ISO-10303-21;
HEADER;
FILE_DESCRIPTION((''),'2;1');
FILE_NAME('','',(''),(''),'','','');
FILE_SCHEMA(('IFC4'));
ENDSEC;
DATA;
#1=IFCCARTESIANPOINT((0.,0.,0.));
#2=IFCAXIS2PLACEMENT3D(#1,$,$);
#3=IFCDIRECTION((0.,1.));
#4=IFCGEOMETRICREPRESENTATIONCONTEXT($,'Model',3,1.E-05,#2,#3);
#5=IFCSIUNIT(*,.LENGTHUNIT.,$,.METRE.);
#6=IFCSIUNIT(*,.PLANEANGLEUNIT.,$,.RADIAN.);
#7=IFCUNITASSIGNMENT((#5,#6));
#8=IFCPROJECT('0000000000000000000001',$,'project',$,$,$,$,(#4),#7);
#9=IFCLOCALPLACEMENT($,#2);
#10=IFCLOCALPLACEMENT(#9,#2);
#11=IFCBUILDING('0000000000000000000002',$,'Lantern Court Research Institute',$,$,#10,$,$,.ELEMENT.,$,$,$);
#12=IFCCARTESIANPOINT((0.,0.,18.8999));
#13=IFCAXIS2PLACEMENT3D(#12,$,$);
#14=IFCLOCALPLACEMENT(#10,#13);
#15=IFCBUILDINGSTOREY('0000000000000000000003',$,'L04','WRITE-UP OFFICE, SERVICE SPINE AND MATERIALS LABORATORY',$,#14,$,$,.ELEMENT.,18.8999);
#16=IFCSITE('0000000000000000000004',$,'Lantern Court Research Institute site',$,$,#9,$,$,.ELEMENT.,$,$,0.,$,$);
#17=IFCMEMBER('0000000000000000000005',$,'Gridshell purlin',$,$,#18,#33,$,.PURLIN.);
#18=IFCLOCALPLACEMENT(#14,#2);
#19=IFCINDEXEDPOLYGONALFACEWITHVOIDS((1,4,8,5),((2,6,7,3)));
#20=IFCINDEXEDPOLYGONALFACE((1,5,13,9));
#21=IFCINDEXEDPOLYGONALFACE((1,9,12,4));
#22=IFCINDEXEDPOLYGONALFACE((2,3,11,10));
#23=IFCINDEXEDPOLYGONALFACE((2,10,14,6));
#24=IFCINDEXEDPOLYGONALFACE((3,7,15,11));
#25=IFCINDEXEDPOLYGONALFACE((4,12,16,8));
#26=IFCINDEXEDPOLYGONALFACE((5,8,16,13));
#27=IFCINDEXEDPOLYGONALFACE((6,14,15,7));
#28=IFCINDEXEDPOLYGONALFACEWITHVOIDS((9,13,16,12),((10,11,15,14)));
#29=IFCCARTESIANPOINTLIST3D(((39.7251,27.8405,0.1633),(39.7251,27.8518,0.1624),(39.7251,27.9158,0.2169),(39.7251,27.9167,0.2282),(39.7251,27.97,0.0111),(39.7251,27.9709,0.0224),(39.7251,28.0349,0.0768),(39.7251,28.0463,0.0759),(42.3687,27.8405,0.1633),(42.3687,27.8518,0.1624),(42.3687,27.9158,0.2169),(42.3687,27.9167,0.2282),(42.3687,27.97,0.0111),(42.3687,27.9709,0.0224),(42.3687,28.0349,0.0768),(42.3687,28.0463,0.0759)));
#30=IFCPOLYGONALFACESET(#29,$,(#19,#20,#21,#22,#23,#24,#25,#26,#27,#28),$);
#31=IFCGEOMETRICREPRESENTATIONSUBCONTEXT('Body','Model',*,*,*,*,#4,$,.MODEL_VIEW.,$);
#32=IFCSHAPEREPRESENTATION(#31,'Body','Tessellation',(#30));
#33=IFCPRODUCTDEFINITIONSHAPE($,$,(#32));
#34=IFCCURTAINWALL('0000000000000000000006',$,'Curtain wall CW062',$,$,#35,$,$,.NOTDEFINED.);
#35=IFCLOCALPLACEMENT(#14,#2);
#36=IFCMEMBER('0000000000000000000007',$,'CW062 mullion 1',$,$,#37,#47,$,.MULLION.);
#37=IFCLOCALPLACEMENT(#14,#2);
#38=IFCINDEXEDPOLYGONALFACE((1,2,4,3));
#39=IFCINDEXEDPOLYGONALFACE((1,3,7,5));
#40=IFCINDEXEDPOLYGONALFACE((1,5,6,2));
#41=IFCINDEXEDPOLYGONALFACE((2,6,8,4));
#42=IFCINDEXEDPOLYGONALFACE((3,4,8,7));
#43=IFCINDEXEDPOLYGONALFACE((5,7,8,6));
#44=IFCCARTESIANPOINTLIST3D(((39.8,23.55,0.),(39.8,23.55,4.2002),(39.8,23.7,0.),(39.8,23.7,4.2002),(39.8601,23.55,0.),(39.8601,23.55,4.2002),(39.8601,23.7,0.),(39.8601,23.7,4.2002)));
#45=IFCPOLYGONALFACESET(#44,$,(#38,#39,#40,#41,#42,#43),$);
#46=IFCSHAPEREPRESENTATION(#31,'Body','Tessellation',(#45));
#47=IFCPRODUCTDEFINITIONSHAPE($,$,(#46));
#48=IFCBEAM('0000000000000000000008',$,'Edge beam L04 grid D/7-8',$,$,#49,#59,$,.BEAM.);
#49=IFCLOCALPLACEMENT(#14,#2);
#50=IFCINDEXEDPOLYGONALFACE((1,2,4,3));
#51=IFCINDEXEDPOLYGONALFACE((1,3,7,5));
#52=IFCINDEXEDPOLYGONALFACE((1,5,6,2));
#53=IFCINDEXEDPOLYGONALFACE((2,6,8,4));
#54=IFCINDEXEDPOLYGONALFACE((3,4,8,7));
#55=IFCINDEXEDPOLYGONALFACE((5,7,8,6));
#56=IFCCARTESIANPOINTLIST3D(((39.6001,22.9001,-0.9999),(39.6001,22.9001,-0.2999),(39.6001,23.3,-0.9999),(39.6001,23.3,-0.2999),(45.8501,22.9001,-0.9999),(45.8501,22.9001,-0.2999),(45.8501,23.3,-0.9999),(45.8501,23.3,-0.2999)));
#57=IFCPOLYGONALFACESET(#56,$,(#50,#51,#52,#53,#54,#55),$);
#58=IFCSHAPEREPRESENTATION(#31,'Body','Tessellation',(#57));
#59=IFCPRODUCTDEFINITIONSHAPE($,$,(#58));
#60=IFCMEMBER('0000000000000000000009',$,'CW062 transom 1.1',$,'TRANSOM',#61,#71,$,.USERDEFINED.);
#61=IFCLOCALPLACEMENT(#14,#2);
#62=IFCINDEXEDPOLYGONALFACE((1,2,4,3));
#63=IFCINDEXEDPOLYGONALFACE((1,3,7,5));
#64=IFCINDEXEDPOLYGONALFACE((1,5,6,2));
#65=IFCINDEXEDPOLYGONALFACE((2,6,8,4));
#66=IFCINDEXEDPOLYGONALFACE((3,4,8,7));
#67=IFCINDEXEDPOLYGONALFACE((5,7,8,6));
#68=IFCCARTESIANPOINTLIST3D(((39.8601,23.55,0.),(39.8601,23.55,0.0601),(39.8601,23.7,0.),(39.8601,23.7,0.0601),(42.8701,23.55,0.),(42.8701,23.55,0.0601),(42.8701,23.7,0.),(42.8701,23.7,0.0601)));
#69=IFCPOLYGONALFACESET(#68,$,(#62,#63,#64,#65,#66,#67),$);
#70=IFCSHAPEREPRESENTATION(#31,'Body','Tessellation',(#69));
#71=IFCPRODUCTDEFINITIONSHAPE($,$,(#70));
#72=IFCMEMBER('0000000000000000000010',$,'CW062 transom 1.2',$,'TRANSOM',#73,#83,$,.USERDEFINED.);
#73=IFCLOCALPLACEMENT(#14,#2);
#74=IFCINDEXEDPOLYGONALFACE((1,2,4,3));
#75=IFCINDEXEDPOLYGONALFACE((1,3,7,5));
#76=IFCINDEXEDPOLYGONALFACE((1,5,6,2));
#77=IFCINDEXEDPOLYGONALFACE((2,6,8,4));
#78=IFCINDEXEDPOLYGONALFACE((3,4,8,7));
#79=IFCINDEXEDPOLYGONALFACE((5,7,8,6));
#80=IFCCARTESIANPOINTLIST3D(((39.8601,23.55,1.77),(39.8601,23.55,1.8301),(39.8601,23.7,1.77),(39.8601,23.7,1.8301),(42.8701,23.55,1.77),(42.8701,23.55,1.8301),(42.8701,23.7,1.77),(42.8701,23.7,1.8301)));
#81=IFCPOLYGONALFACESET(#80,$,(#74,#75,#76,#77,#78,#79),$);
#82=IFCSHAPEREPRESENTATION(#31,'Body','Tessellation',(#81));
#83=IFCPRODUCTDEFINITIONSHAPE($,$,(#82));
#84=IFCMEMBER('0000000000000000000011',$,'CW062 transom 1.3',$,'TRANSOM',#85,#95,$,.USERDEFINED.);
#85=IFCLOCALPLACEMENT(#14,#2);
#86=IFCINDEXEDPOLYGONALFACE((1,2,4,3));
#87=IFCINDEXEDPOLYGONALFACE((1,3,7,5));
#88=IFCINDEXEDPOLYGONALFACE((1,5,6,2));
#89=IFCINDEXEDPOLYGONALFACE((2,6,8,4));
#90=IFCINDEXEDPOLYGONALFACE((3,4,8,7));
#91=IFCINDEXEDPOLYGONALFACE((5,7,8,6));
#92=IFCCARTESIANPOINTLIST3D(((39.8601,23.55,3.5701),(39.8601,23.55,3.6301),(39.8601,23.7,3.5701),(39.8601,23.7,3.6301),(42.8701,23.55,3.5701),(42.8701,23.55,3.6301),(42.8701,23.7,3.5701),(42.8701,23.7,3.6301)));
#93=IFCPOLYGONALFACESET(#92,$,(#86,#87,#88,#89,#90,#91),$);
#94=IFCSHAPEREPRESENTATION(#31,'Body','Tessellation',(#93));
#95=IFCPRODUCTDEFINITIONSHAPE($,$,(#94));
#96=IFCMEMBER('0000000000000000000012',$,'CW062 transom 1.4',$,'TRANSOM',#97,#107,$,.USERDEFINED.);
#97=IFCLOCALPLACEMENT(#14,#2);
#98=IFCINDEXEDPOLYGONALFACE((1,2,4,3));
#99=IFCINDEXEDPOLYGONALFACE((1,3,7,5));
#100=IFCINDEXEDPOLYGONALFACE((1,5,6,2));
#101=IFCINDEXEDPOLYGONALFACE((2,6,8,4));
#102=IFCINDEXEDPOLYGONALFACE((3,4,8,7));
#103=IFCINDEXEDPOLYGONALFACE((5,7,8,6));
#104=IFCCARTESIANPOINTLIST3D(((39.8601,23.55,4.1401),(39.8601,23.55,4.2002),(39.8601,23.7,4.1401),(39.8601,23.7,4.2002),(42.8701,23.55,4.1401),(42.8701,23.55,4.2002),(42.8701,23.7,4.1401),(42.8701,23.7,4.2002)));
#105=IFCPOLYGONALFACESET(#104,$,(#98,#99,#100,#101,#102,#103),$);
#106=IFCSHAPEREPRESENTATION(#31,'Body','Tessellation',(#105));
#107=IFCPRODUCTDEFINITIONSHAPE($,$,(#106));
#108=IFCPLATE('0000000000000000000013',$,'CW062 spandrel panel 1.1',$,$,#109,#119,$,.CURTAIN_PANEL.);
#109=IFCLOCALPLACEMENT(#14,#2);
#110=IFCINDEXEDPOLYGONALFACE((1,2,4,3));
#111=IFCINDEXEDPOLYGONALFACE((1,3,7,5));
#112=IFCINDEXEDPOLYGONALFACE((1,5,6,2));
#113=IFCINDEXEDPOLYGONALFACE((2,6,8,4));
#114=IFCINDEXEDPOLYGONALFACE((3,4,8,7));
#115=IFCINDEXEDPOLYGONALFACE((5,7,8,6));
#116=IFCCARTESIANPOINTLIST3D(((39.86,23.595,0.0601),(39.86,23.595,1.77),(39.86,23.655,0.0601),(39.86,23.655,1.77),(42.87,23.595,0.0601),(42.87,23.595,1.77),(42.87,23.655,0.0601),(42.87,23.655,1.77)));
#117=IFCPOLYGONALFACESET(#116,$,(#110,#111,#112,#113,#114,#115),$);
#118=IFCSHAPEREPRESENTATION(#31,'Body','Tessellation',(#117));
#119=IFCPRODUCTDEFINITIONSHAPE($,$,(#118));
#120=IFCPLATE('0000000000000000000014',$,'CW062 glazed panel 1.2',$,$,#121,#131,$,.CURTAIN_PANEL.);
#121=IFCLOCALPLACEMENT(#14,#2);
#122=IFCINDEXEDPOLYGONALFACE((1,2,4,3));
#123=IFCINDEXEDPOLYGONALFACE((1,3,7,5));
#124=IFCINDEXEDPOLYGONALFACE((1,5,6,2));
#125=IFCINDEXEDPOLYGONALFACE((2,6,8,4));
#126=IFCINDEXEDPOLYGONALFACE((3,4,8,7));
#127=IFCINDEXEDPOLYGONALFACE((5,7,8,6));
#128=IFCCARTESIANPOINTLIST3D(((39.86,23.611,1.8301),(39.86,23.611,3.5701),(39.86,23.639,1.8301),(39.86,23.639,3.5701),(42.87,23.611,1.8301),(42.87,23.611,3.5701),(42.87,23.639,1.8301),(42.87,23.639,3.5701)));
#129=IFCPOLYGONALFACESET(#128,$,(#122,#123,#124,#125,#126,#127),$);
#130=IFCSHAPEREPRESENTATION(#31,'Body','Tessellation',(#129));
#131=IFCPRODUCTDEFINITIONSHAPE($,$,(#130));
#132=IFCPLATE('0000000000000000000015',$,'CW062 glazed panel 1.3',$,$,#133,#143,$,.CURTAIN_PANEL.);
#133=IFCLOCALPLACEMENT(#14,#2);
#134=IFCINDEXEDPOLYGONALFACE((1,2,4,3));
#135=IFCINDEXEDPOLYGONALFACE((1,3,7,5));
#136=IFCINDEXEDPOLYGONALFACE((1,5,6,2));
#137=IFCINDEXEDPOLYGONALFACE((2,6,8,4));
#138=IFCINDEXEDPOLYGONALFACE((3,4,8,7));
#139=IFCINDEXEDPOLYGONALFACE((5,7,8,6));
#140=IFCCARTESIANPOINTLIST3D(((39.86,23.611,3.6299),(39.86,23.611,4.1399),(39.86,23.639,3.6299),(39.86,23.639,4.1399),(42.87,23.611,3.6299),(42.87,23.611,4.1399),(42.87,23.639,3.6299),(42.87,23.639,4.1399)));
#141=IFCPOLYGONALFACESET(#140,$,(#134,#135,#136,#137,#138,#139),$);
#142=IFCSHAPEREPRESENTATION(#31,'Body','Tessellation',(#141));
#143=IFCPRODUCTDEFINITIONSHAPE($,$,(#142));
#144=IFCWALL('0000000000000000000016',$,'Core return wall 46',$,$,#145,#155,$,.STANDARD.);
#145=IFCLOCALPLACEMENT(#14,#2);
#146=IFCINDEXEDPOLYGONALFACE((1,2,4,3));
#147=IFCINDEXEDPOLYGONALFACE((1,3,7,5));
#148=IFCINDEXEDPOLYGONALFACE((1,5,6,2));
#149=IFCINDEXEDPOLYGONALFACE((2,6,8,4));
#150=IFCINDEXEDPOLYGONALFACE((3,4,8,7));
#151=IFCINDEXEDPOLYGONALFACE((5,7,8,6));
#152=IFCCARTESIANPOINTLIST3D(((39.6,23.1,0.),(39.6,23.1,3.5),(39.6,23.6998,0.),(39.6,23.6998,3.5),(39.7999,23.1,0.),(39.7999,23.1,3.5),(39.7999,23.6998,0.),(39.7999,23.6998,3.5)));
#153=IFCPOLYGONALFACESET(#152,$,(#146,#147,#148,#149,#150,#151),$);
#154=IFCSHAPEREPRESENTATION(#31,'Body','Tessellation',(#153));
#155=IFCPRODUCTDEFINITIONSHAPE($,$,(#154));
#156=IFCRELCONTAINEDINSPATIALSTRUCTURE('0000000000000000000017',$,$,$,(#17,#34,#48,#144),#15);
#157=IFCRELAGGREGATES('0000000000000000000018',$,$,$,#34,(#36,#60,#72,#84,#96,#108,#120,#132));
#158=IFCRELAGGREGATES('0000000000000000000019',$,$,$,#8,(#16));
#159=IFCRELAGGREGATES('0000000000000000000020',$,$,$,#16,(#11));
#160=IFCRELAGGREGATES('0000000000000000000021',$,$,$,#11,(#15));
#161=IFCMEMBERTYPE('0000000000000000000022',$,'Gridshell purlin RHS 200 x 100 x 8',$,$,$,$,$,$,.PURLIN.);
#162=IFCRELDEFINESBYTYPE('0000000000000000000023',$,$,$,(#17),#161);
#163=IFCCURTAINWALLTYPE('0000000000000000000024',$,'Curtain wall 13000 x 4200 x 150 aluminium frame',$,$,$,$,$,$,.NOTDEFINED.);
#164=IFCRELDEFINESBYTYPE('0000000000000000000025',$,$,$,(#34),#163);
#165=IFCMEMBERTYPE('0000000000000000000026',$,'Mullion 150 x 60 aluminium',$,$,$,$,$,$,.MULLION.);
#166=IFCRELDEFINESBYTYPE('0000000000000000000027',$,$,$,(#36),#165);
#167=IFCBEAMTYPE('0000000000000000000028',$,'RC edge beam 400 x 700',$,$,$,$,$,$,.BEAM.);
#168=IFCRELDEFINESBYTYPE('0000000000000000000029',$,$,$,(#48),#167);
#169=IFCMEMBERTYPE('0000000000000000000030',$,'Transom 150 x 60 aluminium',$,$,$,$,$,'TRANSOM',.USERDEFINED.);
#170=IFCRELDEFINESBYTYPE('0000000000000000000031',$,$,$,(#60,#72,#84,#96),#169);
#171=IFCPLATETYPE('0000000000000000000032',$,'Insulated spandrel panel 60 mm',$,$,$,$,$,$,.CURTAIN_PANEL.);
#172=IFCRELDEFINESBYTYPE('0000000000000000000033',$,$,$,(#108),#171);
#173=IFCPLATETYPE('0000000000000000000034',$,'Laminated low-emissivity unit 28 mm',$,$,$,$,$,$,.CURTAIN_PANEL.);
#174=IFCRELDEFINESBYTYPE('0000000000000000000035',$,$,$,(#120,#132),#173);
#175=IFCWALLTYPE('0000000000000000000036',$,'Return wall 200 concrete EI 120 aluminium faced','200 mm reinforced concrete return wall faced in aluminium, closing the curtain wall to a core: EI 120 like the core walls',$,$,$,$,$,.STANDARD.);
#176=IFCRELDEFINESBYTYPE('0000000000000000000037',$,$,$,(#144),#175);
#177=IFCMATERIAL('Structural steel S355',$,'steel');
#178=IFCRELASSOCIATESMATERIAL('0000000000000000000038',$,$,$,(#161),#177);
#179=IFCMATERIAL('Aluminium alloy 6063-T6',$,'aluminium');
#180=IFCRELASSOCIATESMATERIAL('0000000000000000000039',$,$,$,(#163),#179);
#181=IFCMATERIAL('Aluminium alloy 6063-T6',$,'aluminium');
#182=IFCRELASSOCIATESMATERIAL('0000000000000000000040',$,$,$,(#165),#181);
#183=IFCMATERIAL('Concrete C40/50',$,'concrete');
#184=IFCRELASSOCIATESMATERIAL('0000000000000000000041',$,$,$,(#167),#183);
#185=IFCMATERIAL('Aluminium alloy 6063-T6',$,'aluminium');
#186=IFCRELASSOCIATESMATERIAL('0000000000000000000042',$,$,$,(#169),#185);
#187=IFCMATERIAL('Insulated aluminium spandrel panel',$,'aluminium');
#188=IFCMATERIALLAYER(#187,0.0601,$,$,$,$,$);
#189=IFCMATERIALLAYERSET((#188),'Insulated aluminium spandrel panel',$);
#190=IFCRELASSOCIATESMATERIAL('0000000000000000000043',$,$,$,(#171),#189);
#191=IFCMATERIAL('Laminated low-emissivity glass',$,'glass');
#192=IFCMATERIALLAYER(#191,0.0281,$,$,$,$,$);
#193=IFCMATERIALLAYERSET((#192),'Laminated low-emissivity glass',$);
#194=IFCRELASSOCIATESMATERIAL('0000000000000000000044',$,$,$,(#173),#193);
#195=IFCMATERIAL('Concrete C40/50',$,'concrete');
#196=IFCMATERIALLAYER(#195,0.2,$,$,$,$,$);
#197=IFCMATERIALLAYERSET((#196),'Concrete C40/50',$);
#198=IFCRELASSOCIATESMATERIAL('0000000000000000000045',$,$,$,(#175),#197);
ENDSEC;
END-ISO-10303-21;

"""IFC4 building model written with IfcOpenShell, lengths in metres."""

from ifc_helpers import new_model, si_unit, direction, frame, frame_2d, origin, origin_2d, place, context, subcontext, project, spatial, rectangle, hollow_rectangle, extrude, material, layer, layer_set, material_profile, profile_set, type_object, element, aggregate, save


model = new_model("IFC4")

# Units and contexts
model_context = context("Model", 3, precision=1e-05, world=origin(), true_north=direction((0.0, 1.0)))
body_context = subcontext(model_context, "Body", "Model", "MODEL_VIEW")
ifc_project = project(units=[si_unit("LENGTHUNIT", "METRE"), si_unit("PLANEANGLEUNIT", "RADIAN")], contexts=[model_context])

# Site, building, storey
site_placement = place(None, origin())
site = spatial("IfcSite", under=ifc_project, at=site_placement, Name="Lantern Court Research Institute site", CompositionType="ELEMENT", RefElevation=0.0)
building_placement = place(site_placement, origin())
building = spatial("IfcBuilding", under=site, at=building_placement, Name="Lantern Court Research Institute", CompositionType="ELEMENT")
storey_placement = place(building_placement, frame((0.0, 0.0, 18.8999)))
storey = spatial("IfcBuildingStorey", under=building, at=storey_placement, Name="L04", Description="WRITE-UP OFFICE, SERVICE SPINE AND MATERIALS LABORATORY", CompositionType="ELEMENT", Elevation=18.8999)

# Member
ifc_material_1 = material(Name="Structural steel S355", Category="steel")
ifc_material_profile_1 = material_profile(ifc_material_1, hollow_rectangle(XDim=0.1001, YDim=0.2, WallThickness=0.0081, at=origin_2d()), Name="Gridshell purlin RHS 200 x 100 x 8")
ifc_profile_set_1 = profile_set([ifc_material_profile_1], Name="Structural steel S355")
member_type_1 = type_object("IfcMemberType", Name="Gridshell purlin RHS 200 x 100 x 8", PredefinedType="PURLIN", material=ifc_profile_set_1)
member_1_placement = place(storey_placement, frame((39.7251, 27.9434, 0.1196), z_axis=(1.0, 0.0, 0.0), x_axis=(0.0, 0.761673, 0.647962)))
element("IfcMember", 1, at=member_1_placement, inside=storey, type_object=member_type_1, Name="Gridshell purlin", PredefinedType="PURLIN", context=body_context, shape_type="SweptSolid", body=[
    extrude(hollow_rectangle(XDim=0.1001, YDim=0.2, WallThickness=0.0081, at=origin_2d()), origin(), (0.0, 0.0, 1.0), 2.6436),
])

# Curtain wall, member
ifc_material_2 = material(Name="Aluminium alloy 6063-T6", Category="aluminium")
curtain_wall_type = type_object("IfcCurtainWallType", Name="Curtain wall 13000 x 4200 x 150 aluminium frame", PredefinedType="NOTDEFINED", material=ifc_material_2)
curtain_wall_placement = place(storey_placement, origin())
curtain_wall = element("IfcCurtainWall", 2, at=curtain_wall_placement, inside=storey, type_object=curtain_wall_type, Name="Curtain wall CW062", PredefinedType="NOTDEFINED")
ifc_material_3 = material(Name="Aluminium alloy 6063-T6", Category="aluminium")
ifc_material_profile_2 = material_profile(ifc_material_3, rectangle(XDim=0.1499, YDim=0.0601, at=origin_2d()), Name="Mullion 150 x 60")
ifc_profile_set_2 = profile_set([ifc_material_profile_2], Name="Aluminium alloy 6063-T6")
member_type_2 = type_object("IfcMemberType", Name="Mullion 150 x 60 aluminium", PredefinedType="MULLION", material=ifc_profile_set_2)
member_2_placement = place(storey_placement, frame((39.8301, 23.625, 0.0), z_axis=(0.0, 0.0, 1.0), x_axis=(0.0, 1.0, 0.0)))
member_2 = element("IfcMember", 3, at=member_2_placement, type_object=member_type_2, Name="CW062 mullion 1", PredefinedType="MULLION", context=body_context, shape_type="SweptSolid", body=[
    extrude(rectangle(XDim=0.1499, YDim=0.0601, at=origin_2d()), origin(), (0.0, 0.0, 1.0), 4.2002),
])

# Beam
ifc_material_4 = material(Name="Concrete C40/50", Category="concrete")
ifc_material_profile_3 = material_profile(ifc_material_4, rectangle(XDim=0.3999, YDim=0.7, at=origin_2d()), Name="RC beam 400 x 700")
ifc_profile_set_3 = profile_set([ifc_material_profile_3], Name="Concrete C40/50")
beam_type = type_object("IfcBeamType", Name="RC edge beam 400 x 700", PredefinedType="BEAM", material=ifc_profile_set_3)
beam_placement = place(storey_placement, frame((39.6001, 23.1001, -0.6499), z_axis=(1.0, 0.0, 0.0), x_axis=(0.0, 1.0, 0.0)))
element("IfcBeam", 4, at=beam_placement, inside=storey, type_object=beam_type, Name="Edge beam L04 grid D/7-8", PredefinedType="BEAM", context=body_context, shape_type="SweptSolid", body=[
    extrude(rectangle(XDim=0.3999, YDim=0.7, at=origin_2d()), origin(), (0.0, 0.0, 1.0), 6.25),
])

# Members
ifc_material_5 = material(Name="Aluminium alloy 6063-T6", Category="aluminium")
ifc_material_profile_4 = material_profile(ifc_material_5, rectangle(XDim=0.1499, YDim=0.0601, at=origin_2d()), Name="Transom 150 x 60")
ifc_profile_set_4 = profile_set([ifc_material_profile_4], Name="Aluminium alloy 6063-T6")
member_type_3 = type_object("IfcMemberType", Name="Transom 150 x 60 aluminium", ElementType="TRANSOM", PredefinedType="USERDEFINED", material=ifc_profile_set_4)
member_3_placement = place(storey_placement, frame((39.8601, 23.625, 0.03), z_axis=(1.0, 0.0, 0.0), x_axis=(0.0, 1.0, 0.0)))
member_3 = element("IfcMember", 5, at=member_3_placement, type_object=member_type_3, Name="CW062 transom 1.1", ObjectType="TRANSOM", PredefinedType="USERDEFINED", context=body_context, shape_type="SweptSolid", body=[
    extrude(rectangle(XDim=0.1499, YDim=0.0601, at=origin_2d()), origin(), (0.0, 0.0, 1.0), 3.01),
])
member_4_placement = place(storey_placement, frame((39.8601, 23.625, 1.8), z_axis=(1.0, 0.0, 0.0), x_axis=(0.0, 1.0, 0.0)))
member_4 = element("IfcMember", 6, at=member_4_placement, type_object=member_type_3, Name="CW062 transom 1.2", ObjectType="TRANSOM", PredefinedType="USERDEFINED", context=body_context, shape_type="SweptSolid", body=[
    extrude(rectangle(XDim=0.1499, YDim=0.0601, at=origin_2d()), origin(), (0.0, 0.0, 1.0), 3.01),
])
member_5_placement = place(storey_placement, frame((39.8601, 23.625, 3.6001), z_axis=(1.0, 0.0, 0.0), x_axis=(0.0, 1.0, 0.0)))
member_5 = element("IfcMember", 7, at=member_5_placement, type_object=member_type_3, Name="CW062 transom 1.3", ObjectType="TRANSOM", PredefinedType="USERDEFINED", context=body_context, shape_type="SweptSolid", body=[
    extrude(rectangle(XDim=0.1499, YDim=0.0601, at=origin_2d()), origin(), (0.0, 0.0, 1.0), 3.01),
])
member_6_placement = place(storey_placement, frame((39.8601, 23.625, 4.1702), z_axis=(1.0, 0.0, 0.0), x_axis=(0.0, 1.0, 0.0)))
member_6 = element("IfcMember", 8, at=member_6_placement, type_object=member_type_3, Name="CW062 transom 1.4", ObjectType="TRANSOM", PredefinedType="USERDEFINED", context=body_context, shape_type="SweptSolid", body=[
    extrude(rectangle(XDim=0.1499, YDim=0.0601, at=origin_2d()), origin(), (0.0, 0.0, 1.0), 3.01),
])

# Plates
ifc_material_6 = material(Name="Insulated aluminium spandrel panel", Category="aluminium")
ifc_layer_1 = layer(ifc_material_6, 0.0601)
ifc_layer_set_1 = layer_set([ifc_layer_1], Name="Insulated aluminium spandrel panel")
plate_type_1 = type_object("IfcPlateType", Name="Insulated spandrel panel 60 mm", PredefinedType="CURTAIN_PANEL", material=ifc_layer_set_1)
plate_1_placement = place(storey_placement, frame((41.365, 23.625, 0.0601), z_axis=(0.0, 0.0, 1.0), x_axis=(1.0, 0.0, 0.0)))
plate_1 = element("IfcPlate", 9, at=plate_1_placement, type_object=plate_type_1, Name="CW062 spandrel panel 1.1", PredefinedType="CURTAIN_PANEL", context=body_context, shape_type="SweptSolid", body=[
    extrude(rectangle(XDim=3.01, YDim=0.0601, at=origin_2d()), origin(), (0.0, 0.0, 1.0), 1.71),
])
ifc_material_7 = material(Name="Laminated low-emissivity glass", Category="glass")
ifc_layer_2 = layer(ifc_material_7, 0.0281)
ifc_layer_set_2 = layer_set([ifc_layer_2], Name="Laminated low-emissivity glass")
plate_type_2 = type_object("IfcPlateType", Name="Laminated low-emissivity unit 28 mm", PredefinedType="CURTAIN_PANEL", material=ifc_layer_set_2)
plate_2_placement = place(storey_placement, frame((41.365, 23.625, 1.8301), z_axis=(0.0, 0.0, 1.0), x_axis=(1.0, 0.0, 0.0)))
plate_2 = element("IfcPlate", 10, at=plate_2_placement, type_object=plate_type_2, Name="CW062 glazed panel 1.2", PredefinedType="CURTAIN_PANEL", context=body_context, shape_type="SweptSolid", body=[
    extrude(rectangle(XDim=3.01, YDim=0.0281, at=origin_2d()), origin(), (0.0, 0.0, 1.0), 1.74),
])
plate_3_placement = place(storey_placement, frame((41.365, 23.625, 3.6299), z_axis=(0.0, 0.0, 1.0), x_axis=(1.0, 0.0, 0.0)))
plate_3 = element("IfcPlate", 11, at=plate_3_placement, type_object=plate_type_2, Name="CW062 glazed panel 1.3", PredefinedType="CURTAIN_PANEL", context=body_context, shape_type="SweptSolid", body=[
    extrude(rectangle(XDim=3.01, YDim=0.0281, at=origin_2d()), origin(), (0.0, 0.0, 1.0), 0.51),
])
aggregate(curtain_wall, [member_2, member_3, member_4, member_5, member_6, plate_1, plate_2, plate_3])

# Wall
ifc_material_8 = material(Name="Concrete C40/50", Category="concrete")
ifc_layer_3 = layer(ifc_material_8, 0.2)
ifc_layer_set_3 = layer_set([ifc_layer_3], Name="Concrete C40/50")
wall_type = type_object("IfcWallType", Name="Return wall 200 concrete EI 120 aluminium faced", Description="200 mm reinforced concrete return wall faced in aluminium, closing the curtain wall to a core: EI 120 like the core walls", PredefinedType="STANDARD", material=ifc_layer_set_3)
wall_placement = place(storey_placement, frame((39.7, 23.1001, 0.0), z_axis=(0.0, 0.0, 1.0), x_axis=(0.0, 1.0, 0.0)))
element("IfcWall", 12, at=wall_placement, inside=storey, type_object=wall_type, Name="Core return wall 46", PredefinedType="STANDARD", context=body_context, shape_type="SweptSolid", body=[
    extrude(rectangle(XDim=0.5999, YDim=0.2, at=frame_2d((0.2998, 0.0))), origin(), (0.0, 0.0, 1.0), 3.5),
])

save(model, "model.ifc")
